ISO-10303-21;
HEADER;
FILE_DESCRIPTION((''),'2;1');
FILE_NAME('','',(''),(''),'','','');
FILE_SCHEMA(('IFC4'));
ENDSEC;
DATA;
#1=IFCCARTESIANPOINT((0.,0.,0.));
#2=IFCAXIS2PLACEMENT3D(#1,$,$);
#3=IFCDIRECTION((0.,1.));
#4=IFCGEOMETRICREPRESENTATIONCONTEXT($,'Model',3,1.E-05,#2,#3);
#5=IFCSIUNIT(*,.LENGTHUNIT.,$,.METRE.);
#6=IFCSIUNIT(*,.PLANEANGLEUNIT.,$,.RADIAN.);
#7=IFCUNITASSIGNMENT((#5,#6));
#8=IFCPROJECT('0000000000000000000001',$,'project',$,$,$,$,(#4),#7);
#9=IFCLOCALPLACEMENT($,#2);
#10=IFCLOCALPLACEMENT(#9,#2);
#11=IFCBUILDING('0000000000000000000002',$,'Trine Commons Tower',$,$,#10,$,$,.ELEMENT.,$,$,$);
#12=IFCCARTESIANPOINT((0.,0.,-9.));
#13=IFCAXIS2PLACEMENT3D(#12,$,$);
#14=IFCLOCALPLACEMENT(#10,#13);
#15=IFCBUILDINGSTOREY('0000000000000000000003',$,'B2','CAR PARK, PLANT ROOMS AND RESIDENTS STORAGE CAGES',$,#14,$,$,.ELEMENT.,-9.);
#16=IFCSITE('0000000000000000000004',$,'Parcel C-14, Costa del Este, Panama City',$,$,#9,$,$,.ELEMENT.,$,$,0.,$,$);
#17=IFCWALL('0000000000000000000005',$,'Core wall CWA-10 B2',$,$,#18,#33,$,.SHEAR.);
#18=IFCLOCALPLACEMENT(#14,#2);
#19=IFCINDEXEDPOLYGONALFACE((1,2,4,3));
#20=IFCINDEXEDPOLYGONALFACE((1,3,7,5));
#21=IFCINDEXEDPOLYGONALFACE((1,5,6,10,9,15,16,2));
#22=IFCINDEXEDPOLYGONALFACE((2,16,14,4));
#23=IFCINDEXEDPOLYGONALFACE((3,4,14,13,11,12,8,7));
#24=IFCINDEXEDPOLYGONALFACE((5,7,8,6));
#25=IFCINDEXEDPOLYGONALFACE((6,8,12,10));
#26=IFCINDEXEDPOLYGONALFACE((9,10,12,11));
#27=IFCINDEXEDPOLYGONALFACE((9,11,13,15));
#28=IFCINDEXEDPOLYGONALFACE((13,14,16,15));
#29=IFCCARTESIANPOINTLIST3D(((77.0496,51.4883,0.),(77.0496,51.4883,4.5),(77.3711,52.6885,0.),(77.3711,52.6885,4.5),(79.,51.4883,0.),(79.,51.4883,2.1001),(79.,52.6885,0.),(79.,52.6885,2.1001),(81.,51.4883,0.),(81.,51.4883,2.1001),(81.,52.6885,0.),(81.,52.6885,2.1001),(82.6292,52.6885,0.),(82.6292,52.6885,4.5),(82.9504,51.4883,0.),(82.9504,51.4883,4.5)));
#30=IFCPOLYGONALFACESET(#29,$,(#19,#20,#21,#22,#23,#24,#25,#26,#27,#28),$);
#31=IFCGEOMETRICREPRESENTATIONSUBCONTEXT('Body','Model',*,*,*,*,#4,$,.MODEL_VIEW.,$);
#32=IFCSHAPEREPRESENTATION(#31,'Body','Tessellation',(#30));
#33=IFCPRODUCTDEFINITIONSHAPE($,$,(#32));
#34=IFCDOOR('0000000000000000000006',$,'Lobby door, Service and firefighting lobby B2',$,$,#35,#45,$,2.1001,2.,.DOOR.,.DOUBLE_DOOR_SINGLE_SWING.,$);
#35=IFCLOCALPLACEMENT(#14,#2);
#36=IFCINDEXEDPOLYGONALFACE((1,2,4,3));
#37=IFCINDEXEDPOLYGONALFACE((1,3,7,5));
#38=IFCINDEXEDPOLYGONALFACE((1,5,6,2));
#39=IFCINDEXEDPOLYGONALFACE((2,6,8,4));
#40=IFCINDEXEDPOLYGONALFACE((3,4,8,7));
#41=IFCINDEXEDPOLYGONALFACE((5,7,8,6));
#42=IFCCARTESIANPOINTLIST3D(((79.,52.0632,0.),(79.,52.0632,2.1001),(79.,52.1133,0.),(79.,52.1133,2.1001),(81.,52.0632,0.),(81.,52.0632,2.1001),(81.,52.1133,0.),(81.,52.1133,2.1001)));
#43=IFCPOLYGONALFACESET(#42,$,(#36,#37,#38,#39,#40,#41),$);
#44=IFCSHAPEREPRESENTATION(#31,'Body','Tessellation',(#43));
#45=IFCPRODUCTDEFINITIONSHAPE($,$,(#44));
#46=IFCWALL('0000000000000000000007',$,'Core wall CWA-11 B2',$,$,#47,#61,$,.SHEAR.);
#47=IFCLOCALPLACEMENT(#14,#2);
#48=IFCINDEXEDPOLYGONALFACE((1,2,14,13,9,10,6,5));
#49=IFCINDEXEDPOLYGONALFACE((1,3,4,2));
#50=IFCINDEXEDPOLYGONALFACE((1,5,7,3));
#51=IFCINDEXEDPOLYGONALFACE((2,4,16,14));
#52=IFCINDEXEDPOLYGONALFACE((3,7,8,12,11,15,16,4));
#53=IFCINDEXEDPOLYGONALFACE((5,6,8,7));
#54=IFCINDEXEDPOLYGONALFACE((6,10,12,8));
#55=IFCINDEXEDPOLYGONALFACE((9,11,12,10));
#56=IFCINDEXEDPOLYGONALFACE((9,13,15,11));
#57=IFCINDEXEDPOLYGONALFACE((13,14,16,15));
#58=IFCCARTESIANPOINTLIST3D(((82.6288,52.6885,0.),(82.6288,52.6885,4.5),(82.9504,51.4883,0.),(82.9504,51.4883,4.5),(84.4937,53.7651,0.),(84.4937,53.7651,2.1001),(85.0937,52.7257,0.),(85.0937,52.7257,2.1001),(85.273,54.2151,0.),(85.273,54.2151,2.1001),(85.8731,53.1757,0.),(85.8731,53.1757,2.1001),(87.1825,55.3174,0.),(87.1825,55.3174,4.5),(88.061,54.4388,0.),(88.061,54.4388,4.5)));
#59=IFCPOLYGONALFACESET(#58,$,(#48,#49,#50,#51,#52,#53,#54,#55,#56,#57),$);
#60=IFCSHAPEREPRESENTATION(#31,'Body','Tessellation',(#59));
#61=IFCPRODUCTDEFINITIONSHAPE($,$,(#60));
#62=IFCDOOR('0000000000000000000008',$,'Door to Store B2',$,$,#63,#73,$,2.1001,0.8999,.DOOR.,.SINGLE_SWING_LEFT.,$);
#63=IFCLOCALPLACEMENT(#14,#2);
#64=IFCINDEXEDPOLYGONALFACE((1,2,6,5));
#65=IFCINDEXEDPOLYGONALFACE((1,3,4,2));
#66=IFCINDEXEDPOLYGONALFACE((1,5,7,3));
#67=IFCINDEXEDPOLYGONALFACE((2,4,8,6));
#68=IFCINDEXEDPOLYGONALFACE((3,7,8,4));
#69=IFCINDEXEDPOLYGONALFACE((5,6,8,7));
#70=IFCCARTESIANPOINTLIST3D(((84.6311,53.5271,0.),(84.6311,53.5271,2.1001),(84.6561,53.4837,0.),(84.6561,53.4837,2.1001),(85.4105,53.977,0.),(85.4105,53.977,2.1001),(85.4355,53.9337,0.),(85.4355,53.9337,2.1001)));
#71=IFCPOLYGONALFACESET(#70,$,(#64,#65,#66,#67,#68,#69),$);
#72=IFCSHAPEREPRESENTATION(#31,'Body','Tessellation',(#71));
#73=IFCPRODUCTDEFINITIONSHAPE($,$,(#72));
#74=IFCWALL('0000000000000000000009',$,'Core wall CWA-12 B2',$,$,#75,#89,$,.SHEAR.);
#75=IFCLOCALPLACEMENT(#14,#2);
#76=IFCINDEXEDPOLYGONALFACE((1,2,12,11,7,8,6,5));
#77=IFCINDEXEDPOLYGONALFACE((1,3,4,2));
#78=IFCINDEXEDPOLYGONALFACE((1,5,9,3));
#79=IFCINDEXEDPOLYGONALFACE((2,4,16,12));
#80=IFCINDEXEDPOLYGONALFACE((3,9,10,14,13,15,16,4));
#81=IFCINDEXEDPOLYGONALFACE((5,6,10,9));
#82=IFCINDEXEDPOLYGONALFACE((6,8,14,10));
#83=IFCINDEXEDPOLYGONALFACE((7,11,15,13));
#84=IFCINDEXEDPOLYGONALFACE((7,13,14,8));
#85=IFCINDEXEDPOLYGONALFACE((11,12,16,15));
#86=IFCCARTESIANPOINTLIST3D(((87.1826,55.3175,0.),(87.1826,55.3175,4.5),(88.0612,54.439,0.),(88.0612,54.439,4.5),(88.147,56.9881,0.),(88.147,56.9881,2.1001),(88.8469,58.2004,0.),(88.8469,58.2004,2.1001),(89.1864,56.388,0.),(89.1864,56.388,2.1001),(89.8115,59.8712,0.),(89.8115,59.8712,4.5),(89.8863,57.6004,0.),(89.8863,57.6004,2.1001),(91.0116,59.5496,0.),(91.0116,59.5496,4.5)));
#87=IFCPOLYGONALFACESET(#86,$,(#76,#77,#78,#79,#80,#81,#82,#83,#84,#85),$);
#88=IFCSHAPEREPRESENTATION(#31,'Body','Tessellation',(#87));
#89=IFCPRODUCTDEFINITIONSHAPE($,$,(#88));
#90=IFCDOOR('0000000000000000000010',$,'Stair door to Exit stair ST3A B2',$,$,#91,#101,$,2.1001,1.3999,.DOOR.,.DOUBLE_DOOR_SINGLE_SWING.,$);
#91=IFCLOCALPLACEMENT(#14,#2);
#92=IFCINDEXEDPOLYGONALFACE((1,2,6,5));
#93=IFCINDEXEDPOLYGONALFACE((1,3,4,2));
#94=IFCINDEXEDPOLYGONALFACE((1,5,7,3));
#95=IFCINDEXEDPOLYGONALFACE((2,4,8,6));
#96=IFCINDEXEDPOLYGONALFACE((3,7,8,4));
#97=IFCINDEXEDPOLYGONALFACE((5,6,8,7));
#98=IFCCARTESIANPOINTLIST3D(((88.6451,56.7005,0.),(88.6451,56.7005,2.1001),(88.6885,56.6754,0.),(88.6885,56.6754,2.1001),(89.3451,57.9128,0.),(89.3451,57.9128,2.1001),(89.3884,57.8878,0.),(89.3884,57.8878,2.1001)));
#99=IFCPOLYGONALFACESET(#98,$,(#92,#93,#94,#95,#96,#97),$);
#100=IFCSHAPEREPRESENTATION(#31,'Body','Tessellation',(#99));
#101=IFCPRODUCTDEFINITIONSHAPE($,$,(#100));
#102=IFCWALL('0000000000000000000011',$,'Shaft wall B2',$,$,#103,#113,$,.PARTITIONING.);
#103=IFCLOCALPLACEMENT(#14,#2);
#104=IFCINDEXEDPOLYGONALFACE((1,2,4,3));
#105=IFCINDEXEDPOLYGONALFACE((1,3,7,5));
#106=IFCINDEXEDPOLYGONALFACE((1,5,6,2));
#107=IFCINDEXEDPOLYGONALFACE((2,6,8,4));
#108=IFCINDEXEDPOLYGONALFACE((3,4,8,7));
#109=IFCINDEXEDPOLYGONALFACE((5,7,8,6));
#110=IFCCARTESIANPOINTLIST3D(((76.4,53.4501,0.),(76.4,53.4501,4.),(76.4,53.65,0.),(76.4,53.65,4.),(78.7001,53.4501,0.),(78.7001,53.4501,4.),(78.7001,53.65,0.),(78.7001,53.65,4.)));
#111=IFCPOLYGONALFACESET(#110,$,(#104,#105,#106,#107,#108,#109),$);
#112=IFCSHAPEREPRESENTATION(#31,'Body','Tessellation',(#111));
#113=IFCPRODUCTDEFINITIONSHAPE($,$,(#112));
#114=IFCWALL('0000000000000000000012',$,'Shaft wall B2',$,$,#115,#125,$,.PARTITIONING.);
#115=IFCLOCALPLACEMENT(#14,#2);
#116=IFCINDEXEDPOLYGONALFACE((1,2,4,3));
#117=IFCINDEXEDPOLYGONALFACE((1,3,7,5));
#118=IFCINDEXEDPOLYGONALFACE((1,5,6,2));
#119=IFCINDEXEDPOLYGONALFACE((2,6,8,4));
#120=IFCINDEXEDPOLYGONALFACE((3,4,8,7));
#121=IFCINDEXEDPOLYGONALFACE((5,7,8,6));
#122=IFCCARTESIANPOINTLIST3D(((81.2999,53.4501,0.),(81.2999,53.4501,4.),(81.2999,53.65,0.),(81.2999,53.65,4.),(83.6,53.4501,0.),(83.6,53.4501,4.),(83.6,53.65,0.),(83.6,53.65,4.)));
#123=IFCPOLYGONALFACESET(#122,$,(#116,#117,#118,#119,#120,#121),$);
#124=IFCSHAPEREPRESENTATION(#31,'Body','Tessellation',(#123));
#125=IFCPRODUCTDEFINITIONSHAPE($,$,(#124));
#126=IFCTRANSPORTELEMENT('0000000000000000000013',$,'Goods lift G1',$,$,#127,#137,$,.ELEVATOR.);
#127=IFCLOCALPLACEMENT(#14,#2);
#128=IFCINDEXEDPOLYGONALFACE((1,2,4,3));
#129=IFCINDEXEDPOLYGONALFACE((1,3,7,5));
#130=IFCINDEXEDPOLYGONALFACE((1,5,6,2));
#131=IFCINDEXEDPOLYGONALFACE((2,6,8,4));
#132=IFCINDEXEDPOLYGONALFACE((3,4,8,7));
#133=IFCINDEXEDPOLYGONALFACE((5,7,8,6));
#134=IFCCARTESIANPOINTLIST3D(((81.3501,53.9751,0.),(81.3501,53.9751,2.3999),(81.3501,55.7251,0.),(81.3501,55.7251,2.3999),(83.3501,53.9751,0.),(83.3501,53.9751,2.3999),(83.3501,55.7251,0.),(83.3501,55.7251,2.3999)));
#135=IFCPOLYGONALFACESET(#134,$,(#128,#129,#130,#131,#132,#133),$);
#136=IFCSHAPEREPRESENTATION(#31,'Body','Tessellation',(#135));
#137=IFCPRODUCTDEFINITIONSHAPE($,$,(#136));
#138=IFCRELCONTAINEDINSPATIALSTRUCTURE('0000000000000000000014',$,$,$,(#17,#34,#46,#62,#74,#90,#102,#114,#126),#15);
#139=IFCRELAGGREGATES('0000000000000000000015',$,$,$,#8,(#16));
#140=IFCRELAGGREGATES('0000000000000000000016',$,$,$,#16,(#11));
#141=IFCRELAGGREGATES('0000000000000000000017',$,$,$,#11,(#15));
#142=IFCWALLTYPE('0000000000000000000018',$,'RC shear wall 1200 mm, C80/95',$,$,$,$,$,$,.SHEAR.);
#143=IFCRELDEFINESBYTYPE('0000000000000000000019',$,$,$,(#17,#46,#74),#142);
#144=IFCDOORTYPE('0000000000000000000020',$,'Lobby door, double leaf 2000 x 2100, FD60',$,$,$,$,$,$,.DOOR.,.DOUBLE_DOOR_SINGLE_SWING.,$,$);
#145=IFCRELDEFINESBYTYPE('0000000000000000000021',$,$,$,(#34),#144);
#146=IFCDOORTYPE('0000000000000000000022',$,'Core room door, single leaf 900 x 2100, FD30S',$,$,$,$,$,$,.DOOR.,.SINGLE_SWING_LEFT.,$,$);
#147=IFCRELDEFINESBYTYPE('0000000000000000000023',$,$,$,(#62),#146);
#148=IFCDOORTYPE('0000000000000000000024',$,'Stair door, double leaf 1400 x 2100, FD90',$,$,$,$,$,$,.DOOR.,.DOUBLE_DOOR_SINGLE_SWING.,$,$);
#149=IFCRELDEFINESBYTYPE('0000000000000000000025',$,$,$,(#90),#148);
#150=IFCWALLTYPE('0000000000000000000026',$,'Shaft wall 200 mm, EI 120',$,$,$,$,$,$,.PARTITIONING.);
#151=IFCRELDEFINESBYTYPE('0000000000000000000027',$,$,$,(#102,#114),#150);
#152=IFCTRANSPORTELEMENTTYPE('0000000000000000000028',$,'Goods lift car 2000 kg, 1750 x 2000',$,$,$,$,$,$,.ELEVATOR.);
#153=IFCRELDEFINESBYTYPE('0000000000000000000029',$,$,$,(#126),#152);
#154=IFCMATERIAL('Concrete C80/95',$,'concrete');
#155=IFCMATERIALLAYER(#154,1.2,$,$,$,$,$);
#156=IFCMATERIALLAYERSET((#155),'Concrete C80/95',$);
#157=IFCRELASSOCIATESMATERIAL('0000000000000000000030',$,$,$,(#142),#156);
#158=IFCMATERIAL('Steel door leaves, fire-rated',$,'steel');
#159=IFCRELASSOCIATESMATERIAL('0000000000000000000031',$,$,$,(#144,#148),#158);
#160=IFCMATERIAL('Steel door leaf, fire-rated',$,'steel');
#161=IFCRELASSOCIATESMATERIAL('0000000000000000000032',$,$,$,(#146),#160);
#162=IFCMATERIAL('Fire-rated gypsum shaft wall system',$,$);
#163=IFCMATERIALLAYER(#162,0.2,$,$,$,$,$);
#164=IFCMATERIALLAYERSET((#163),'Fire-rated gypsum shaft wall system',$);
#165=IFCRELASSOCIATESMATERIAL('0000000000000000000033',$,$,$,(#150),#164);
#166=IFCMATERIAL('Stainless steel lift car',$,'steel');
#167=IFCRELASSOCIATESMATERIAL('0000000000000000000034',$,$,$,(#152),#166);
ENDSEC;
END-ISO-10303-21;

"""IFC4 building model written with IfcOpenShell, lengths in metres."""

from ifc_helpers import new_model, si_unit, direction, frame, frame_2d, origin, origin_2d, place, context, subcontext, project, spatial, polyline, rectangle, outline, extrude, material, layer, layer_set, type_object, element, fill, save


model = new_model("IFC4")

# Units and contexts
model_context = context("Model", 3, precision=1e-05, world=origin(), true_north=direction((0.0, 1.0)))
body_context = subcontext(model_context, "Body", "Model", "MODEL_VIEW")
ifc_project = project(units=[si_unit("LENGTHUNIT", "METRE"), si_unit("PLANEANGLEUNIT", "RADIAN")], contexts=[model_context])

# Site, building, storey
site_placement = place(None, origin())
site = spatial("IfcSite", under=ifc_project, at=site_placement, Name="Parcel C-14, Costa del Este, Panama City", CompositionType="ELEMENT", RefElevation=0.0)
building_placement = place(site_placement, origin())
building = spatial("IfcBuilding", under=site, at=building_placement, Name="Trine Commons Tower", CompositionType="ELEMENT")
storey_placement = place(building_placement, frame((0.0, 0.0, -9.0)))
storey = spatial("IfcBuildingStorey", under=building, at=storey_placement, Name="B2", Description="CAR PARK, PLANT ROOMS AND RESIDENTS STORAGE CAGES", CompositionType="ELEMENT", Elevation=-9.0)

# Shared definitions
ifc_material_1 = material(Name="Concrete C80/95", Category="concrete")

# Walls, openings, doors
ifc_layer_1 = layer(ifc_material_1, 1.2)
ifc_layer_set_1 = layer_set([ifc_layer_1], Name="Concrete C80/95")
wall_type_1 = type_object("IfcWallType", Name="RC shear wall 1200 mm, C80/95", PredefinedType="SHEAR", material=ifc_layer_set_1)
wall_1_placement = place(storey_placement, frame((77.0496, 52.0884, 0.0), z_axis=(0.0, 0.0, 1.0), x_axis=(1.0, 0.0, 0.0)))
wall_1 = element("IfcWall", 1, at=wall_1_placement, inside=storey, type_object=wall_type_1, Name="Core wall CWA-10 B2", PredefinedType="SHEAR", context=body_context, shape_type="SweptSolid", body=[
    extrude(outline(polyline([(0.0, -0.6001), (5.9009, -0.6001), (5.5796, 0.6001), (0.3215, 0.6001), (0.0, -0.6001)])), origin(), (0.0, 0.0, 1.0), 4.5),
])
opening_1_placement = place(wall_1_placement, frame((1.9504, 0.0, 0.0)))
opening_1 = element("IfcOpeningElement", 2, at=opening_1_placement, cuts=wall_1, PredefinedType="OPENING", context=body_context, shape_type="SweptSolid", body=[
    extrude(rectangle(XDim=2.0, YDim=2.1001, at=frame_2d((1.0, 1.05))), frame((0.0, 0.6099, 0.0), z_axis=(0.0, -1.0, 0.0), x_axis=(1.0, 0.0, 0.0)), (0.0, 0.0, 1.0), 1.22),
])
ifc_material_2 = material(Name="Steel door leaves, fire-rated", Category="steel")
door_type_1 = type_object("IfcDoorType", Name="Lobby door, double leaf 2000 x 2100, FD60", OperationType="DOUBLE_DOOR_SINGLE_SWING", PredefinedType="DOOR", material=ifc_material_2)
door_1_placement = place(opening_1_placement, origin())
door_1 = element("IfcDoor", 3, at=door_1_placement, inside=storey, type_object=door_type_1, Name="Lobby door, Service and firefighting lobby B2", OperationType="DOUBLE_DOOR_SINGLE_SWING", OverallHeight=2.1001, OverallWidth=2.0, PredefinedType="DOOR", context=body_context, shape_type="SweptSolid", body=[
    extrude(rectangle(XDim=2.0, YDim=2.1001, at=frame_2d((1.0, 1.05))), frame((0.0, 0.0249, 0.0), z_axis=(0.0, -1.0, 0.0), x_axis=(1.0, 0.0, 0.0)), (0.0, 0.0, 1.0), 0.05),
])
fill(opening_1, door_1)
wall_2_placement = place(storey_placement, frame((82.6504, 52.0081, 0.0), z_axis=(0.0, 0.0, 1.0), x_axis=(0.866037, 0.499979, 0.0)))
wall_2 = element("IfcWall", 4, at=wall_2_placement, inside=storey, type_object=wall_type_1, Name="Core wall CWA-11 B2", PredefinedType="SHEAR", context=body_context, shape_type="SweptSolid", body=[
    extrude(outline(polyline([(0.0, -0.6001), (5.9011, -0.6001), (5.5796, 0.6001), (0.3215, 0.6001), (0.0, -0.6001)])), origin(), (0.0, 0.0, 1.0), 4.5),
])
opening_2_placement = place(wall_2_placement, frame((2.4749, 0.0, 0.0)))
opening_2 = element("IfcOpeningElement", 5, at=opening_2_placement, cuts=wall_2, PredefinedType="OPENING", context=body_context, shape_type="SweptSolid", body=[
    extrude(rectangle(XDim=0.8999, YDim=2.1001, at=frame_2d((0.45, 1.05))), frame((0.0, 0.6099, 0.0), z_axis=(0.0, -1.0, 0.0), x_axis=(1.0, 0.0, 0.0)), (0.0, 0.0, 1.0), 1.22),
])
ifc_material_3 = material(Name="Steel door leaf, fire-rated", Category="steel")
door_type_2 = type_object("IfcDoorType", Name="Core room door, single leaf 900 x 2100, FD30S", OperationType="SINGLE_SWING_LEFT", PredefinedType="DOOR", material=ifc_material_3)
door_2_placement = place(opening_2_placement, origin())
door_2 = element("IfcDoor", 6, at=door_2_placement, inside=storey, type_object=door_type_2, Name="Door to Store B2", OperationType="SINGLE_SWING_LEFT", OverallHeight=2.1001, OverallWidth=0.8999, PredefinedType="DOOR", context=body_context, shape_type="SweptSolid", body=[
    extrude(rectangle(XDim=0.8999, YDim=2.1001, at=frame_2d((0.45, 1.05))), frame((0.0, 0.3252, 0.0), z_axis=(0.0, -1.0, 0.0), x_axis=(1.0, 0.0, 0.0)), (0.0, 0.0, 1.0), 0.05),
])
fill(opening_2, door_2)
wall_3_placement = place(storey_placement, frame((87.5415, 54.739, 0.0), z_axis=(0.0, 0.0, 1.0), x_axis=(0.499979, 0.866037, 0.0)))
wall_3 = element("IfcWall", 7, at=wall_3_placement, inside=storey, type_object=wall_type_1, Name="Core wall CWA-12 B2", PredefinedType="SHEAR", context=body_context, shape_type="SweptSolid", body=[
    extrude(outline(polyline([(0.0, -0.6001), (5.9011, -0.6001), (5.5796, 0.6001), (0.3215, 0.6001), (0.0, -0.6001)])), origin(), (0.0, 0.0, 1.0), 4.5),
])
opening_3_placement = place(wall_3_placement, frame((2.2505, 0.0, 0.0)))
opening_3 = element("IfcOpeningElement", 8, at=opening_3_placement, cuts=wall_3, PredefinedType="OPENING", context=body_context, shape_type="SweptSolid", body=[
    extrude(rectangle(XDim=1.3999, YDim=2.1001, at=frame_2d((0.7, 1.05))), frame((0.0, 0.6099, 0.0), z_axis=(0.0, -1.0, 0.0), x_axis=(1.0, 0.0, 0.0)), (0.0, 0.0, 1.0), 1.22),
])
door_type_3 = type_object("IfcDoorType", Name="Stair door, double leaf 1400 x 2100, FD90", OperationType="DOUBLE_DOOR_SINGLE_SWING", PredefinedType="DOOR", material=ifc_material_2)
door_3_placement = place(opening_3_placement, origin())
door_3 = element("IfcDoor", 9, at=door_3_placement, inside=storey, type_object=door_type_3, Name="Stair door to Exit stair ST3A B2", OperationType="DOUBLE_DOOR_SINGLE_SWING", OverallHeight=2.1001, OverallWidth=1.3999, PredefinedType="DOOR", context=body_context, shape_type="SweptSolid", body=[
    extrude(rectangle(XDim=1.3999, YDim=2.1001, at=frame_2d((0.7, 1.05))), frame((0.0, 0.0249, 0.0), z_axis=(0.0, -1.0, 0.0), x_axis=(1.0, 0.0, 0.0)), (0.0, 0.0, 1.0), 0.05),
])
fill(opening_3, door_3)

# Walls
ifc_material_4 = material(Name="Fire-rated gypsum shaft wall system")
ifc_layer_2 = layer(ifc_material_4, 0.2)
ifc_layer_set_2 = layer_set([ifc_layer_2], Name="Fire-rated gypsum shaft wall system")
wall_type_2 = type_object("IfcWallType", Name="Shaft wall 200 mm, EI 120", PredefinedType="PARTITIONING", material=ifc_layer_set_2)
for number, where, z_axis, x_axis, name in (
    (10, (78.7, 53.55, 0.0), (0.0, 0.0, 1.0), (-1.0, 0.0, 0.0), "Shaft wall B2"),
    (11, (81.3, 53.55, 0.0), (0.0, 0.0, 1.0), (1.0, 0.0, 0.0), "Shaft wall B2"),
):
    element("IfcWall", number, at=place(storey_placement, frame(where, z_axis=z_axis, x_axis=x_axis)), inside=storey, type_object=wall_type_2, Name=name, PredefinedType="PARTITIONING", context=body_context, shape_type="SweptSolid", body=[
        extrude(rectangle(XDim=2.3, YDim=0.2, at=frame_2d((1.1499, 0.0))), origin(), (0.0, 0.0, 1.0), 4.0),
    ])

# Transport element
ifc_material_5 = material(Name="Stainless steel lift car", Category="steel")
transport_element_type = type_object("IfcTransportElementType", Name="Goods lift car 2000 kg, 1750 x 2000", PredefinedType="ELEVATOR", material=ifc_material_5)
transport_element_placement = place(storey_placement, frame((82.3501, 54.8501, 0.0), z_axis=(0.0, 0.0, 1.0), x_axis=(0.0, -1.0, 0.0)))
element("IfcTransportElement", 12, at=transport_element_placement, inside=storey, type_object=transport_element_type, Name="Goods lift G1", PredefinedType="ELEVATOR", context=body_context, shape_type="SweptSolid", body=[
    extrude(rectangle(XDim=1.75, YDim=2.0, at=origin_2d()), origin(), (0.0, 0.0, 1.0), 2.3999),
])

save(model, "model.ifc")
